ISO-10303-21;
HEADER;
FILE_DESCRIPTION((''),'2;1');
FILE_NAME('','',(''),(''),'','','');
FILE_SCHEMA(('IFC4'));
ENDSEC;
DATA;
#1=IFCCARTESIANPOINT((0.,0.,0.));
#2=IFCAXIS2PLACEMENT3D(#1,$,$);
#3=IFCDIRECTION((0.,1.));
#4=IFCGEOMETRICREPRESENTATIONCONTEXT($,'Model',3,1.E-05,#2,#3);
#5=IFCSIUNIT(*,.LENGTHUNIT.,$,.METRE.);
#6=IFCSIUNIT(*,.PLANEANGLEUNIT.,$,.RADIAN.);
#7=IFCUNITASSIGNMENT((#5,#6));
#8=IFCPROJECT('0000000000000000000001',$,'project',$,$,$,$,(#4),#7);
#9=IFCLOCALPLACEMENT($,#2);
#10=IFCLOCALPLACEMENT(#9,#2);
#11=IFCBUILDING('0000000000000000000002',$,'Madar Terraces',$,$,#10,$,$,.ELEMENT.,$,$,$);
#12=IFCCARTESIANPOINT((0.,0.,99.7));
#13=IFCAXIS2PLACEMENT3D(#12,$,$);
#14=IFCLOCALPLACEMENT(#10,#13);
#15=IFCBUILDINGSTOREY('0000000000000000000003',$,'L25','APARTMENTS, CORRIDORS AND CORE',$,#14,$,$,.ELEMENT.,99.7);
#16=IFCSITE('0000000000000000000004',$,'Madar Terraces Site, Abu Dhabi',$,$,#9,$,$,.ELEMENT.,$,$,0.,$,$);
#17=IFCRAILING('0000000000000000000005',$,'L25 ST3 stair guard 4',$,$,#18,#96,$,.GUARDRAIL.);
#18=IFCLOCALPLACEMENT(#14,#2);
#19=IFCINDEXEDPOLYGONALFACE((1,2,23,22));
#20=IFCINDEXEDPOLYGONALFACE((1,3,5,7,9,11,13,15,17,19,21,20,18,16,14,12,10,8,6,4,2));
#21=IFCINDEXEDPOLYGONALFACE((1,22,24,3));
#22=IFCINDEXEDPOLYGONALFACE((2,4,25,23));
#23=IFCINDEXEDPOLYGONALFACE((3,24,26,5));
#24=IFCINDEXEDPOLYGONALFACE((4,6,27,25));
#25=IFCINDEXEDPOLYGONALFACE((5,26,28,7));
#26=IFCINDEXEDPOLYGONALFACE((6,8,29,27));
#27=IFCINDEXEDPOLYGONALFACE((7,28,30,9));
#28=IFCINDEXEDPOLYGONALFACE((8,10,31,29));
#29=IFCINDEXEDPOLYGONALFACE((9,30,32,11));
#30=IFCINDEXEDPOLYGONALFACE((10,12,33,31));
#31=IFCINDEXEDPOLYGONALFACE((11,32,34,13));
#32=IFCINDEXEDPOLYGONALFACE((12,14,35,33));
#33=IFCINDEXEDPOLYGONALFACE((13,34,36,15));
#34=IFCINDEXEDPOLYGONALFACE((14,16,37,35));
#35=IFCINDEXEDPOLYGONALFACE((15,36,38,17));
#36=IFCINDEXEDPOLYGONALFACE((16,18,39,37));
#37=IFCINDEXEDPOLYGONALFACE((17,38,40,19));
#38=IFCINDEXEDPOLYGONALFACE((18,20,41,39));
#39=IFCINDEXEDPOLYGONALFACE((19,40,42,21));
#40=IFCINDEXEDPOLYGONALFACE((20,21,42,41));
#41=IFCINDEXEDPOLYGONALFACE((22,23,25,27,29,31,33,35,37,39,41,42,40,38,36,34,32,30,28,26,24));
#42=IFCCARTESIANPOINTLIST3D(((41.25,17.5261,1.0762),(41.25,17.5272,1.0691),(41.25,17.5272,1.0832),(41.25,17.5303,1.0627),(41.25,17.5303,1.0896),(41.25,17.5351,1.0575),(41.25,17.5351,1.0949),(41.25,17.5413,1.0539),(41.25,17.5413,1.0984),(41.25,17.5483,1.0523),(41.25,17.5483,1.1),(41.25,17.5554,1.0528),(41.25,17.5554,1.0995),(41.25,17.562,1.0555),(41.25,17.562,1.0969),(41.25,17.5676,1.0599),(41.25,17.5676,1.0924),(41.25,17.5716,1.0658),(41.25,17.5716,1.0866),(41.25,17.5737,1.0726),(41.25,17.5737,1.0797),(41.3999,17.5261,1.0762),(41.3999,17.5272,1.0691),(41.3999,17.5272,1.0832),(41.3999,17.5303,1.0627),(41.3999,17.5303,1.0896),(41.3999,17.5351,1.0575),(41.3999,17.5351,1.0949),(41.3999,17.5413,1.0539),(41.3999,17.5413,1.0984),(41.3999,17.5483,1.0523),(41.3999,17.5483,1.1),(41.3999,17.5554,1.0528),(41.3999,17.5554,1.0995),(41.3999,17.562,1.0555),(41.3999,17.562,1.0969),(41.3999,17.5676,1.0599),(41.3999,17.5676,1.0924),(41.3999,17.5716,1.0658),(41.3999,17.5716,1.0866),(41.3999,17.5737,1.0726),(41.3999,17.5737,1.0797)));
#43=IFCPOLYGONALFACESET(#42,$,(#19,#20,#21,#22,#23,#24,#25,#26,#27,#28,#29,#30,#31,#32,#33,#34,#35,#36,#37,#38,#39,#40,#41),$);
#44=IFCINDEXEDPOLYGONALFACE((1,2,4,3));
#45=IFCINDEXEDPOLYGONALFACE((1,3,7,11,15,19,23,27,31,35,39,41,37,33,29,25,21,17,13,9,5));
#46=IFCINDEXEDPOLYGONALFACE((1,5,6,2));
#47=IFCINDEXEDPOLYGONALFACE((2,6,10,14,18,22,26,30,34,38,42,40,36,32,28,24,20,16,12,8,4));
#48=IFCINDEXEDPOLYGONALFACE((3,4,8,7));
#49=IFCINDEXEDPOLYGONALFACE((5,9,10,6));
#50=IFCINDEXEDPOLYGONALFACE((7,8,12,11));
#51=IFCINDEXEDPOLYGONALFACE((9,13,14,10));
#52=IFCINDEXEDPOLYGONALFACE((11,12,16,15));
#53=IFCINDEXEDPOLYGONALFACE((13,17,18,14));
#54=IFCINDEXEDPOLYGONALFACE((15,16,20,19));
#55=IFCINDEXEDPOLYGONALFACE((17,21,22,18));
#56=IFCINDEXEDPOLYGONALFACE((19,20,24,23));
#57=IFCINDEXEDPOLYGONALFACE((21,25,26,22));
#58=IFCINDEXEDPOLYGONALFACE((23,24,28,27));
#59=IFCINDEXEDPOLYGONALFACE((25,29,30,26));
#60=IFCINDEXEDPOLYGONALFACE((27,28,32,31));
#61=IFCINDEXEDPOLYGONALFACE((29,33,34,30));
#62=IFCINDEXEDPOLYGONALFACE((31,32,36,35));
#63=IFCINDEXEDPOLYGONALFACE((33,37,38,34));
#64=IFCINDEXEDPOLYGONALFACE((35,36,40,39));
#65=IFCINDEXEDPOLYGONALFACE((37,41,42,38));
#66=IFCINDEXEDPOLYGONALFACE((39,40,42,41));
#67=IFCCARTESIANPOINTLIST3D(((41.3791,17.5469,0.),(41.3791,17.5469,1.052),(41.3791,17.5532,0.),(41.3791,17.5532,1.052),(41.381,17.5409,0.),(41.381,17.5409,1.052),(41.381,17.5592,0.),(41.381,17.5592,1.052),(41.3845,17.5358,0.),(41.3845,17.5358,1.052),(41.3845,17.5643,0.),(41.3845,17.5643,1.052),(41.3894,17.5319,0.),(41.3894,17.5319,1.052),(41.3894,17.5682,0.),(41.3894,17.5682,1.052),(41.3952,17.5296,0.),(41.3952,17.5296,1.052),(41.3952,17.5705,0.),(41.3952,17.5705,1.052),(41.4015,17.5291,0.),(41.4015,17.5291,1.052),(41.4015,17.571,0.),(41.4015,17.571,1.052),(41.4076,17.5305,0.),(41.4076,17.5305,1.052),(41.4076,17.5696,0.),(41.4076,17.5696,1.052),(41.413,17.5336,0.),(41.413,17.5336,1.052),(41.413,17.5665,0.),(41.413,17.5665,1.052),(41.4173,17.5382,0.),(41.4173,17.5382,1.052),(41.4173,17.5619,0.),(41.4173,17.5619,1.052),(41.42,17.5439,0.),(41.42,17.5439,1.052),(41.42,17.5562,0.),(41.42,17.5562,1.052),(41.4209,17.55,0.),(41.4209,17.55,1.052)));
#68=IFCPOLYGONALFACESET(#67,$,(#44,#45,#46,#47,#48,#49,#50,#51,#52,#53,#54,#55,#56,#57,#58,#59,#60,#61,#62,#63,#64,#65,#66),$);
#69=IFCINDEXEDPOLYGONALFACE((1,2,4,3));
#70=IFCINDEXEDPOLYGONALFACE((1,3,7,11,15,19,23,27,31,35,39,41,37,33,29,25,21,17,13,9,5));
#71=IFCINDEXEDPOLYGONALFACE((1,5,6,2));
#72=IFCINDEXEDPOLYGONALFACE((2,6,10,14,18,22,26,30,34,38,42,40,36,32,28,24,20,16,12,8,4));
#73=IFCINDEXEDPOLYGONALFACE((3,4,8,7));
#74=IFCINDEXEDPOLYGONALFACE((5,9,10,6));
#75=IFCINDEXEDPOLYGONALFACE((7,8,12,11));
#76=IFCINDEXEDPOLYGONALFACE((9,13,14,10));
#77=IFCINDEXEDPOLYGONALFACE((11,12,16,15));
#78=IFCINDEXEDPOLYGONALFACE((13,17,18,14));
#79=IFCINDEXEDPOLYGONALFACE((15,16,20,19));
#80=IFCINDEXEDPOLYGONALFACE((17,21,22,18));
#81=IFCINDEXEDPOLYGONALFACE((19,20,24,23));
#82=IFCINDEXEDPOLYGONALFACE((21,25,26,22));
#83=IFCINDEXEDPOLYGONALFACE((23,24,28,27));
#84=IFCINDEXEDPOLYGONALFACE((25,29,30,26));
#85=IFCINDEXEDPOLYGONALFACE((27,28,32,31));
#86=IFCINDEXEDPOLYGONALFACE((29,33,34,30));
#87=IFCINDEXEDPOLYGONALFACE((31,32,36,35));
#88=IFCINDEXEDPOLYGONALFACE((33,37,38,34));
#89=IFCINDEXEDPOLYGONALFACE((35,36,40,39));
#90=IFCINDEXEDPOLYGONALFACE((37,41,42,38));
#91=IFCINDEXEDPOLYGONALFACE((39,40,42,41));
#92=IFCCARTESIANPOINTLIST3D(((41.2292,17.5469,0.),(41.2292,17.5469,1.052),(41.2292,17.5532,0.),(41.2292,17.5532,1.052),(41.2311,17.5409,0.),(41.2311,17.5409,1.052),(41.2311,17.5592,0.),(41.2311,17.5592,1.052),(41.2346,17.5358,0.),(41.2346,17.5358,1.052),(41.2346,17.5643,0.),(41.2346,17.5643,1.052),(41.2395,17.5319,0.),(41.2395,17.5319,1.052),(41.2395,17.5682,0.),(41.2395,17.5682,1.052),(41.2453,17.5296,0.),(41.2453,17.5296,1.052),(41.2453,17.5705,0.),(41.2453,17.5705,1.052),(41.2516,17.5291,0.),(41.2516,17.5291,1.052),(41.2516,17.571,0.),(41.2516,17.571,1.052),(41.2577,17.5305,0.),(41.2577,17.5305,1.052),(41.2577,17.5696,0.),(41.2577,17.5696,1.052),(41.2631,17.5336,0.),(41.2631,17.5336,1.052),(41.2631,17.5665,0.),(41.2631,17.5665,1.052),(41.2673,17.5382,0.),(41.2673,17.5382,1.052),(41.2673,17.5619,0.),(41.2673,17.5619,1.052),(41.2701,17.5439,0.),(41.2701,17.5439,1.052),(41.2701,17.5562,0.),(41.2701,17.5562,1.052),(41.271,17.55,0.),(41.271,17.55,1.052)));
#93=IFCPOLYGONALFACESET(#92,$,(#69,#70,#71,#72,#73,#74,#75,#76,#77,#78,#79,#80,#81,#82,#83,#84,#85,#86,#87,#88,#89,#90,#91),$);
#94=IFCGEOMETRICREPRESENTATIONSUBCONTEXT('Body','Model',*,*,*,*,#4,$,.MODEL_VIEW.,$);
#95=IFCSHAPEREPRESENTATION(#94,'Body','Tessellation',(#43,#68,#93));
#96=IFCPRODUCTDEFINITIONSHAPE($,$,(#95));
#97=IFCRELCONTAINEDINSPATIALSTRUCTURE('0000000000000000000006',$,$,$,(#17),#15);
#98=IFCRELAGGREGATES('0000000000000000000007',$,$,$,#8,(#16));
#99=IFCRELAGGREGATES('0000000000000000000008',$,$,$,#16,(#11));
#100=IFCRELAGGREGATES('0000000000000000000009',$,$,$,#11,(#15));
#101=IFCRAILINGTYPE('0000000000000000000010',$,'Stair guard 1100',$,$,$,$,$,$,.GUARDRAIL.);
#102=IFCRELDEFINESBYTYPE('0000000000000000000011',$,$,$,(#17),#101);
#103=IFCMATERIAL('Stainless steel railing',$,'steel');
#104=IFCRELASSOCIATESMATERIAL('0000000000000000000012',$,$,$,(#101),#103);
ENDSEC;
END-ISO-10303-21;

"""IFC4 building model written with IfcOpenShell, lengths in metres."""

from ifc_helpers import new_model, si_unit, direction, frame, origin, origin_2d, place, context, subcontext, project, spatial, circle, extrude, material, type_object, element, save


model = new_model("IFC4")

# Units and contexts
model_context = context("Model", 3, precision=1e-05, world=origin(), true_north=direction((0.0, 1.0)))
body_context = subcontext(model_context, "Body", "Model", "MODEL_VIEW")
ifc_project = project(units=[si_unit("LENGTHUNIT", "METRE"), si_unit("PLANEANGLEUNIT", "RADIAN")], contexts=[model_context])

# Site, building, storey
site_placement = place(None, origin())
site = spatial("IfcSite", under=ifc_project, at=site_placement, Name="Madar Terraces Site, Abu Dhabi", CompositionType="ELEMENT", RefElevation=0.0)
building_placement = place(site_placement, origin())
building = spatial("IfcBuilding", under=site, at=building_placement, Name="Madar Terraces", CompositionType="ELEMENT")
storey_placement = place(building_placement, frame((0.0, 0.0, 99.7)))
storey = spatial("IfcBuildingStorey", under=building, at=storey_placement, Name="L25", Description="APARTMENTS, CORRIDORS AND CORE", CompositionType="ELEMENT", Elevation=99.7)

# Railing
ifc_material_1 = material(Name="Stainless steel railing", Category="steel")
railing_type_1 = type_object("IfcRailingType", Name="Stair guard 1100", PredefinedType="GUARDRAIL", material=ifc_material_1)
railing_1_placement = place(storey_placement, frame((41.3999, 17.55, 0.0)))
element("IfcRailing", 1, at=railing_1_placement, inside=storey, type_object=railing_type_1, Name="L25 ST3 stair guard 4", PredefinedType="GUARDRAIL", context=body_context, shape_type="SweptSolid", body=[
    extrude(circle(Radius=0.0239, at=origin_2d()), frame((0.0, 0.0, 1.0762), z_axis=(-1.0, 0.0, 0.0), x_axis=(0.0, -1.0, 0.0)), (0.0, 0.0, 1.0), 0.1499),
    extrude(circle(Radius=0.021, at=origin_2d()), origin(), (0.0, 0.0, 1.0), 1.052),
    extrude(circle(Radius=0.021, at=origin_2d()), frame((-0.1499, 0.0, 0.0)), (0.0, 0.0, 1.0), 1.052),
])

save(model, "model.ifc")
